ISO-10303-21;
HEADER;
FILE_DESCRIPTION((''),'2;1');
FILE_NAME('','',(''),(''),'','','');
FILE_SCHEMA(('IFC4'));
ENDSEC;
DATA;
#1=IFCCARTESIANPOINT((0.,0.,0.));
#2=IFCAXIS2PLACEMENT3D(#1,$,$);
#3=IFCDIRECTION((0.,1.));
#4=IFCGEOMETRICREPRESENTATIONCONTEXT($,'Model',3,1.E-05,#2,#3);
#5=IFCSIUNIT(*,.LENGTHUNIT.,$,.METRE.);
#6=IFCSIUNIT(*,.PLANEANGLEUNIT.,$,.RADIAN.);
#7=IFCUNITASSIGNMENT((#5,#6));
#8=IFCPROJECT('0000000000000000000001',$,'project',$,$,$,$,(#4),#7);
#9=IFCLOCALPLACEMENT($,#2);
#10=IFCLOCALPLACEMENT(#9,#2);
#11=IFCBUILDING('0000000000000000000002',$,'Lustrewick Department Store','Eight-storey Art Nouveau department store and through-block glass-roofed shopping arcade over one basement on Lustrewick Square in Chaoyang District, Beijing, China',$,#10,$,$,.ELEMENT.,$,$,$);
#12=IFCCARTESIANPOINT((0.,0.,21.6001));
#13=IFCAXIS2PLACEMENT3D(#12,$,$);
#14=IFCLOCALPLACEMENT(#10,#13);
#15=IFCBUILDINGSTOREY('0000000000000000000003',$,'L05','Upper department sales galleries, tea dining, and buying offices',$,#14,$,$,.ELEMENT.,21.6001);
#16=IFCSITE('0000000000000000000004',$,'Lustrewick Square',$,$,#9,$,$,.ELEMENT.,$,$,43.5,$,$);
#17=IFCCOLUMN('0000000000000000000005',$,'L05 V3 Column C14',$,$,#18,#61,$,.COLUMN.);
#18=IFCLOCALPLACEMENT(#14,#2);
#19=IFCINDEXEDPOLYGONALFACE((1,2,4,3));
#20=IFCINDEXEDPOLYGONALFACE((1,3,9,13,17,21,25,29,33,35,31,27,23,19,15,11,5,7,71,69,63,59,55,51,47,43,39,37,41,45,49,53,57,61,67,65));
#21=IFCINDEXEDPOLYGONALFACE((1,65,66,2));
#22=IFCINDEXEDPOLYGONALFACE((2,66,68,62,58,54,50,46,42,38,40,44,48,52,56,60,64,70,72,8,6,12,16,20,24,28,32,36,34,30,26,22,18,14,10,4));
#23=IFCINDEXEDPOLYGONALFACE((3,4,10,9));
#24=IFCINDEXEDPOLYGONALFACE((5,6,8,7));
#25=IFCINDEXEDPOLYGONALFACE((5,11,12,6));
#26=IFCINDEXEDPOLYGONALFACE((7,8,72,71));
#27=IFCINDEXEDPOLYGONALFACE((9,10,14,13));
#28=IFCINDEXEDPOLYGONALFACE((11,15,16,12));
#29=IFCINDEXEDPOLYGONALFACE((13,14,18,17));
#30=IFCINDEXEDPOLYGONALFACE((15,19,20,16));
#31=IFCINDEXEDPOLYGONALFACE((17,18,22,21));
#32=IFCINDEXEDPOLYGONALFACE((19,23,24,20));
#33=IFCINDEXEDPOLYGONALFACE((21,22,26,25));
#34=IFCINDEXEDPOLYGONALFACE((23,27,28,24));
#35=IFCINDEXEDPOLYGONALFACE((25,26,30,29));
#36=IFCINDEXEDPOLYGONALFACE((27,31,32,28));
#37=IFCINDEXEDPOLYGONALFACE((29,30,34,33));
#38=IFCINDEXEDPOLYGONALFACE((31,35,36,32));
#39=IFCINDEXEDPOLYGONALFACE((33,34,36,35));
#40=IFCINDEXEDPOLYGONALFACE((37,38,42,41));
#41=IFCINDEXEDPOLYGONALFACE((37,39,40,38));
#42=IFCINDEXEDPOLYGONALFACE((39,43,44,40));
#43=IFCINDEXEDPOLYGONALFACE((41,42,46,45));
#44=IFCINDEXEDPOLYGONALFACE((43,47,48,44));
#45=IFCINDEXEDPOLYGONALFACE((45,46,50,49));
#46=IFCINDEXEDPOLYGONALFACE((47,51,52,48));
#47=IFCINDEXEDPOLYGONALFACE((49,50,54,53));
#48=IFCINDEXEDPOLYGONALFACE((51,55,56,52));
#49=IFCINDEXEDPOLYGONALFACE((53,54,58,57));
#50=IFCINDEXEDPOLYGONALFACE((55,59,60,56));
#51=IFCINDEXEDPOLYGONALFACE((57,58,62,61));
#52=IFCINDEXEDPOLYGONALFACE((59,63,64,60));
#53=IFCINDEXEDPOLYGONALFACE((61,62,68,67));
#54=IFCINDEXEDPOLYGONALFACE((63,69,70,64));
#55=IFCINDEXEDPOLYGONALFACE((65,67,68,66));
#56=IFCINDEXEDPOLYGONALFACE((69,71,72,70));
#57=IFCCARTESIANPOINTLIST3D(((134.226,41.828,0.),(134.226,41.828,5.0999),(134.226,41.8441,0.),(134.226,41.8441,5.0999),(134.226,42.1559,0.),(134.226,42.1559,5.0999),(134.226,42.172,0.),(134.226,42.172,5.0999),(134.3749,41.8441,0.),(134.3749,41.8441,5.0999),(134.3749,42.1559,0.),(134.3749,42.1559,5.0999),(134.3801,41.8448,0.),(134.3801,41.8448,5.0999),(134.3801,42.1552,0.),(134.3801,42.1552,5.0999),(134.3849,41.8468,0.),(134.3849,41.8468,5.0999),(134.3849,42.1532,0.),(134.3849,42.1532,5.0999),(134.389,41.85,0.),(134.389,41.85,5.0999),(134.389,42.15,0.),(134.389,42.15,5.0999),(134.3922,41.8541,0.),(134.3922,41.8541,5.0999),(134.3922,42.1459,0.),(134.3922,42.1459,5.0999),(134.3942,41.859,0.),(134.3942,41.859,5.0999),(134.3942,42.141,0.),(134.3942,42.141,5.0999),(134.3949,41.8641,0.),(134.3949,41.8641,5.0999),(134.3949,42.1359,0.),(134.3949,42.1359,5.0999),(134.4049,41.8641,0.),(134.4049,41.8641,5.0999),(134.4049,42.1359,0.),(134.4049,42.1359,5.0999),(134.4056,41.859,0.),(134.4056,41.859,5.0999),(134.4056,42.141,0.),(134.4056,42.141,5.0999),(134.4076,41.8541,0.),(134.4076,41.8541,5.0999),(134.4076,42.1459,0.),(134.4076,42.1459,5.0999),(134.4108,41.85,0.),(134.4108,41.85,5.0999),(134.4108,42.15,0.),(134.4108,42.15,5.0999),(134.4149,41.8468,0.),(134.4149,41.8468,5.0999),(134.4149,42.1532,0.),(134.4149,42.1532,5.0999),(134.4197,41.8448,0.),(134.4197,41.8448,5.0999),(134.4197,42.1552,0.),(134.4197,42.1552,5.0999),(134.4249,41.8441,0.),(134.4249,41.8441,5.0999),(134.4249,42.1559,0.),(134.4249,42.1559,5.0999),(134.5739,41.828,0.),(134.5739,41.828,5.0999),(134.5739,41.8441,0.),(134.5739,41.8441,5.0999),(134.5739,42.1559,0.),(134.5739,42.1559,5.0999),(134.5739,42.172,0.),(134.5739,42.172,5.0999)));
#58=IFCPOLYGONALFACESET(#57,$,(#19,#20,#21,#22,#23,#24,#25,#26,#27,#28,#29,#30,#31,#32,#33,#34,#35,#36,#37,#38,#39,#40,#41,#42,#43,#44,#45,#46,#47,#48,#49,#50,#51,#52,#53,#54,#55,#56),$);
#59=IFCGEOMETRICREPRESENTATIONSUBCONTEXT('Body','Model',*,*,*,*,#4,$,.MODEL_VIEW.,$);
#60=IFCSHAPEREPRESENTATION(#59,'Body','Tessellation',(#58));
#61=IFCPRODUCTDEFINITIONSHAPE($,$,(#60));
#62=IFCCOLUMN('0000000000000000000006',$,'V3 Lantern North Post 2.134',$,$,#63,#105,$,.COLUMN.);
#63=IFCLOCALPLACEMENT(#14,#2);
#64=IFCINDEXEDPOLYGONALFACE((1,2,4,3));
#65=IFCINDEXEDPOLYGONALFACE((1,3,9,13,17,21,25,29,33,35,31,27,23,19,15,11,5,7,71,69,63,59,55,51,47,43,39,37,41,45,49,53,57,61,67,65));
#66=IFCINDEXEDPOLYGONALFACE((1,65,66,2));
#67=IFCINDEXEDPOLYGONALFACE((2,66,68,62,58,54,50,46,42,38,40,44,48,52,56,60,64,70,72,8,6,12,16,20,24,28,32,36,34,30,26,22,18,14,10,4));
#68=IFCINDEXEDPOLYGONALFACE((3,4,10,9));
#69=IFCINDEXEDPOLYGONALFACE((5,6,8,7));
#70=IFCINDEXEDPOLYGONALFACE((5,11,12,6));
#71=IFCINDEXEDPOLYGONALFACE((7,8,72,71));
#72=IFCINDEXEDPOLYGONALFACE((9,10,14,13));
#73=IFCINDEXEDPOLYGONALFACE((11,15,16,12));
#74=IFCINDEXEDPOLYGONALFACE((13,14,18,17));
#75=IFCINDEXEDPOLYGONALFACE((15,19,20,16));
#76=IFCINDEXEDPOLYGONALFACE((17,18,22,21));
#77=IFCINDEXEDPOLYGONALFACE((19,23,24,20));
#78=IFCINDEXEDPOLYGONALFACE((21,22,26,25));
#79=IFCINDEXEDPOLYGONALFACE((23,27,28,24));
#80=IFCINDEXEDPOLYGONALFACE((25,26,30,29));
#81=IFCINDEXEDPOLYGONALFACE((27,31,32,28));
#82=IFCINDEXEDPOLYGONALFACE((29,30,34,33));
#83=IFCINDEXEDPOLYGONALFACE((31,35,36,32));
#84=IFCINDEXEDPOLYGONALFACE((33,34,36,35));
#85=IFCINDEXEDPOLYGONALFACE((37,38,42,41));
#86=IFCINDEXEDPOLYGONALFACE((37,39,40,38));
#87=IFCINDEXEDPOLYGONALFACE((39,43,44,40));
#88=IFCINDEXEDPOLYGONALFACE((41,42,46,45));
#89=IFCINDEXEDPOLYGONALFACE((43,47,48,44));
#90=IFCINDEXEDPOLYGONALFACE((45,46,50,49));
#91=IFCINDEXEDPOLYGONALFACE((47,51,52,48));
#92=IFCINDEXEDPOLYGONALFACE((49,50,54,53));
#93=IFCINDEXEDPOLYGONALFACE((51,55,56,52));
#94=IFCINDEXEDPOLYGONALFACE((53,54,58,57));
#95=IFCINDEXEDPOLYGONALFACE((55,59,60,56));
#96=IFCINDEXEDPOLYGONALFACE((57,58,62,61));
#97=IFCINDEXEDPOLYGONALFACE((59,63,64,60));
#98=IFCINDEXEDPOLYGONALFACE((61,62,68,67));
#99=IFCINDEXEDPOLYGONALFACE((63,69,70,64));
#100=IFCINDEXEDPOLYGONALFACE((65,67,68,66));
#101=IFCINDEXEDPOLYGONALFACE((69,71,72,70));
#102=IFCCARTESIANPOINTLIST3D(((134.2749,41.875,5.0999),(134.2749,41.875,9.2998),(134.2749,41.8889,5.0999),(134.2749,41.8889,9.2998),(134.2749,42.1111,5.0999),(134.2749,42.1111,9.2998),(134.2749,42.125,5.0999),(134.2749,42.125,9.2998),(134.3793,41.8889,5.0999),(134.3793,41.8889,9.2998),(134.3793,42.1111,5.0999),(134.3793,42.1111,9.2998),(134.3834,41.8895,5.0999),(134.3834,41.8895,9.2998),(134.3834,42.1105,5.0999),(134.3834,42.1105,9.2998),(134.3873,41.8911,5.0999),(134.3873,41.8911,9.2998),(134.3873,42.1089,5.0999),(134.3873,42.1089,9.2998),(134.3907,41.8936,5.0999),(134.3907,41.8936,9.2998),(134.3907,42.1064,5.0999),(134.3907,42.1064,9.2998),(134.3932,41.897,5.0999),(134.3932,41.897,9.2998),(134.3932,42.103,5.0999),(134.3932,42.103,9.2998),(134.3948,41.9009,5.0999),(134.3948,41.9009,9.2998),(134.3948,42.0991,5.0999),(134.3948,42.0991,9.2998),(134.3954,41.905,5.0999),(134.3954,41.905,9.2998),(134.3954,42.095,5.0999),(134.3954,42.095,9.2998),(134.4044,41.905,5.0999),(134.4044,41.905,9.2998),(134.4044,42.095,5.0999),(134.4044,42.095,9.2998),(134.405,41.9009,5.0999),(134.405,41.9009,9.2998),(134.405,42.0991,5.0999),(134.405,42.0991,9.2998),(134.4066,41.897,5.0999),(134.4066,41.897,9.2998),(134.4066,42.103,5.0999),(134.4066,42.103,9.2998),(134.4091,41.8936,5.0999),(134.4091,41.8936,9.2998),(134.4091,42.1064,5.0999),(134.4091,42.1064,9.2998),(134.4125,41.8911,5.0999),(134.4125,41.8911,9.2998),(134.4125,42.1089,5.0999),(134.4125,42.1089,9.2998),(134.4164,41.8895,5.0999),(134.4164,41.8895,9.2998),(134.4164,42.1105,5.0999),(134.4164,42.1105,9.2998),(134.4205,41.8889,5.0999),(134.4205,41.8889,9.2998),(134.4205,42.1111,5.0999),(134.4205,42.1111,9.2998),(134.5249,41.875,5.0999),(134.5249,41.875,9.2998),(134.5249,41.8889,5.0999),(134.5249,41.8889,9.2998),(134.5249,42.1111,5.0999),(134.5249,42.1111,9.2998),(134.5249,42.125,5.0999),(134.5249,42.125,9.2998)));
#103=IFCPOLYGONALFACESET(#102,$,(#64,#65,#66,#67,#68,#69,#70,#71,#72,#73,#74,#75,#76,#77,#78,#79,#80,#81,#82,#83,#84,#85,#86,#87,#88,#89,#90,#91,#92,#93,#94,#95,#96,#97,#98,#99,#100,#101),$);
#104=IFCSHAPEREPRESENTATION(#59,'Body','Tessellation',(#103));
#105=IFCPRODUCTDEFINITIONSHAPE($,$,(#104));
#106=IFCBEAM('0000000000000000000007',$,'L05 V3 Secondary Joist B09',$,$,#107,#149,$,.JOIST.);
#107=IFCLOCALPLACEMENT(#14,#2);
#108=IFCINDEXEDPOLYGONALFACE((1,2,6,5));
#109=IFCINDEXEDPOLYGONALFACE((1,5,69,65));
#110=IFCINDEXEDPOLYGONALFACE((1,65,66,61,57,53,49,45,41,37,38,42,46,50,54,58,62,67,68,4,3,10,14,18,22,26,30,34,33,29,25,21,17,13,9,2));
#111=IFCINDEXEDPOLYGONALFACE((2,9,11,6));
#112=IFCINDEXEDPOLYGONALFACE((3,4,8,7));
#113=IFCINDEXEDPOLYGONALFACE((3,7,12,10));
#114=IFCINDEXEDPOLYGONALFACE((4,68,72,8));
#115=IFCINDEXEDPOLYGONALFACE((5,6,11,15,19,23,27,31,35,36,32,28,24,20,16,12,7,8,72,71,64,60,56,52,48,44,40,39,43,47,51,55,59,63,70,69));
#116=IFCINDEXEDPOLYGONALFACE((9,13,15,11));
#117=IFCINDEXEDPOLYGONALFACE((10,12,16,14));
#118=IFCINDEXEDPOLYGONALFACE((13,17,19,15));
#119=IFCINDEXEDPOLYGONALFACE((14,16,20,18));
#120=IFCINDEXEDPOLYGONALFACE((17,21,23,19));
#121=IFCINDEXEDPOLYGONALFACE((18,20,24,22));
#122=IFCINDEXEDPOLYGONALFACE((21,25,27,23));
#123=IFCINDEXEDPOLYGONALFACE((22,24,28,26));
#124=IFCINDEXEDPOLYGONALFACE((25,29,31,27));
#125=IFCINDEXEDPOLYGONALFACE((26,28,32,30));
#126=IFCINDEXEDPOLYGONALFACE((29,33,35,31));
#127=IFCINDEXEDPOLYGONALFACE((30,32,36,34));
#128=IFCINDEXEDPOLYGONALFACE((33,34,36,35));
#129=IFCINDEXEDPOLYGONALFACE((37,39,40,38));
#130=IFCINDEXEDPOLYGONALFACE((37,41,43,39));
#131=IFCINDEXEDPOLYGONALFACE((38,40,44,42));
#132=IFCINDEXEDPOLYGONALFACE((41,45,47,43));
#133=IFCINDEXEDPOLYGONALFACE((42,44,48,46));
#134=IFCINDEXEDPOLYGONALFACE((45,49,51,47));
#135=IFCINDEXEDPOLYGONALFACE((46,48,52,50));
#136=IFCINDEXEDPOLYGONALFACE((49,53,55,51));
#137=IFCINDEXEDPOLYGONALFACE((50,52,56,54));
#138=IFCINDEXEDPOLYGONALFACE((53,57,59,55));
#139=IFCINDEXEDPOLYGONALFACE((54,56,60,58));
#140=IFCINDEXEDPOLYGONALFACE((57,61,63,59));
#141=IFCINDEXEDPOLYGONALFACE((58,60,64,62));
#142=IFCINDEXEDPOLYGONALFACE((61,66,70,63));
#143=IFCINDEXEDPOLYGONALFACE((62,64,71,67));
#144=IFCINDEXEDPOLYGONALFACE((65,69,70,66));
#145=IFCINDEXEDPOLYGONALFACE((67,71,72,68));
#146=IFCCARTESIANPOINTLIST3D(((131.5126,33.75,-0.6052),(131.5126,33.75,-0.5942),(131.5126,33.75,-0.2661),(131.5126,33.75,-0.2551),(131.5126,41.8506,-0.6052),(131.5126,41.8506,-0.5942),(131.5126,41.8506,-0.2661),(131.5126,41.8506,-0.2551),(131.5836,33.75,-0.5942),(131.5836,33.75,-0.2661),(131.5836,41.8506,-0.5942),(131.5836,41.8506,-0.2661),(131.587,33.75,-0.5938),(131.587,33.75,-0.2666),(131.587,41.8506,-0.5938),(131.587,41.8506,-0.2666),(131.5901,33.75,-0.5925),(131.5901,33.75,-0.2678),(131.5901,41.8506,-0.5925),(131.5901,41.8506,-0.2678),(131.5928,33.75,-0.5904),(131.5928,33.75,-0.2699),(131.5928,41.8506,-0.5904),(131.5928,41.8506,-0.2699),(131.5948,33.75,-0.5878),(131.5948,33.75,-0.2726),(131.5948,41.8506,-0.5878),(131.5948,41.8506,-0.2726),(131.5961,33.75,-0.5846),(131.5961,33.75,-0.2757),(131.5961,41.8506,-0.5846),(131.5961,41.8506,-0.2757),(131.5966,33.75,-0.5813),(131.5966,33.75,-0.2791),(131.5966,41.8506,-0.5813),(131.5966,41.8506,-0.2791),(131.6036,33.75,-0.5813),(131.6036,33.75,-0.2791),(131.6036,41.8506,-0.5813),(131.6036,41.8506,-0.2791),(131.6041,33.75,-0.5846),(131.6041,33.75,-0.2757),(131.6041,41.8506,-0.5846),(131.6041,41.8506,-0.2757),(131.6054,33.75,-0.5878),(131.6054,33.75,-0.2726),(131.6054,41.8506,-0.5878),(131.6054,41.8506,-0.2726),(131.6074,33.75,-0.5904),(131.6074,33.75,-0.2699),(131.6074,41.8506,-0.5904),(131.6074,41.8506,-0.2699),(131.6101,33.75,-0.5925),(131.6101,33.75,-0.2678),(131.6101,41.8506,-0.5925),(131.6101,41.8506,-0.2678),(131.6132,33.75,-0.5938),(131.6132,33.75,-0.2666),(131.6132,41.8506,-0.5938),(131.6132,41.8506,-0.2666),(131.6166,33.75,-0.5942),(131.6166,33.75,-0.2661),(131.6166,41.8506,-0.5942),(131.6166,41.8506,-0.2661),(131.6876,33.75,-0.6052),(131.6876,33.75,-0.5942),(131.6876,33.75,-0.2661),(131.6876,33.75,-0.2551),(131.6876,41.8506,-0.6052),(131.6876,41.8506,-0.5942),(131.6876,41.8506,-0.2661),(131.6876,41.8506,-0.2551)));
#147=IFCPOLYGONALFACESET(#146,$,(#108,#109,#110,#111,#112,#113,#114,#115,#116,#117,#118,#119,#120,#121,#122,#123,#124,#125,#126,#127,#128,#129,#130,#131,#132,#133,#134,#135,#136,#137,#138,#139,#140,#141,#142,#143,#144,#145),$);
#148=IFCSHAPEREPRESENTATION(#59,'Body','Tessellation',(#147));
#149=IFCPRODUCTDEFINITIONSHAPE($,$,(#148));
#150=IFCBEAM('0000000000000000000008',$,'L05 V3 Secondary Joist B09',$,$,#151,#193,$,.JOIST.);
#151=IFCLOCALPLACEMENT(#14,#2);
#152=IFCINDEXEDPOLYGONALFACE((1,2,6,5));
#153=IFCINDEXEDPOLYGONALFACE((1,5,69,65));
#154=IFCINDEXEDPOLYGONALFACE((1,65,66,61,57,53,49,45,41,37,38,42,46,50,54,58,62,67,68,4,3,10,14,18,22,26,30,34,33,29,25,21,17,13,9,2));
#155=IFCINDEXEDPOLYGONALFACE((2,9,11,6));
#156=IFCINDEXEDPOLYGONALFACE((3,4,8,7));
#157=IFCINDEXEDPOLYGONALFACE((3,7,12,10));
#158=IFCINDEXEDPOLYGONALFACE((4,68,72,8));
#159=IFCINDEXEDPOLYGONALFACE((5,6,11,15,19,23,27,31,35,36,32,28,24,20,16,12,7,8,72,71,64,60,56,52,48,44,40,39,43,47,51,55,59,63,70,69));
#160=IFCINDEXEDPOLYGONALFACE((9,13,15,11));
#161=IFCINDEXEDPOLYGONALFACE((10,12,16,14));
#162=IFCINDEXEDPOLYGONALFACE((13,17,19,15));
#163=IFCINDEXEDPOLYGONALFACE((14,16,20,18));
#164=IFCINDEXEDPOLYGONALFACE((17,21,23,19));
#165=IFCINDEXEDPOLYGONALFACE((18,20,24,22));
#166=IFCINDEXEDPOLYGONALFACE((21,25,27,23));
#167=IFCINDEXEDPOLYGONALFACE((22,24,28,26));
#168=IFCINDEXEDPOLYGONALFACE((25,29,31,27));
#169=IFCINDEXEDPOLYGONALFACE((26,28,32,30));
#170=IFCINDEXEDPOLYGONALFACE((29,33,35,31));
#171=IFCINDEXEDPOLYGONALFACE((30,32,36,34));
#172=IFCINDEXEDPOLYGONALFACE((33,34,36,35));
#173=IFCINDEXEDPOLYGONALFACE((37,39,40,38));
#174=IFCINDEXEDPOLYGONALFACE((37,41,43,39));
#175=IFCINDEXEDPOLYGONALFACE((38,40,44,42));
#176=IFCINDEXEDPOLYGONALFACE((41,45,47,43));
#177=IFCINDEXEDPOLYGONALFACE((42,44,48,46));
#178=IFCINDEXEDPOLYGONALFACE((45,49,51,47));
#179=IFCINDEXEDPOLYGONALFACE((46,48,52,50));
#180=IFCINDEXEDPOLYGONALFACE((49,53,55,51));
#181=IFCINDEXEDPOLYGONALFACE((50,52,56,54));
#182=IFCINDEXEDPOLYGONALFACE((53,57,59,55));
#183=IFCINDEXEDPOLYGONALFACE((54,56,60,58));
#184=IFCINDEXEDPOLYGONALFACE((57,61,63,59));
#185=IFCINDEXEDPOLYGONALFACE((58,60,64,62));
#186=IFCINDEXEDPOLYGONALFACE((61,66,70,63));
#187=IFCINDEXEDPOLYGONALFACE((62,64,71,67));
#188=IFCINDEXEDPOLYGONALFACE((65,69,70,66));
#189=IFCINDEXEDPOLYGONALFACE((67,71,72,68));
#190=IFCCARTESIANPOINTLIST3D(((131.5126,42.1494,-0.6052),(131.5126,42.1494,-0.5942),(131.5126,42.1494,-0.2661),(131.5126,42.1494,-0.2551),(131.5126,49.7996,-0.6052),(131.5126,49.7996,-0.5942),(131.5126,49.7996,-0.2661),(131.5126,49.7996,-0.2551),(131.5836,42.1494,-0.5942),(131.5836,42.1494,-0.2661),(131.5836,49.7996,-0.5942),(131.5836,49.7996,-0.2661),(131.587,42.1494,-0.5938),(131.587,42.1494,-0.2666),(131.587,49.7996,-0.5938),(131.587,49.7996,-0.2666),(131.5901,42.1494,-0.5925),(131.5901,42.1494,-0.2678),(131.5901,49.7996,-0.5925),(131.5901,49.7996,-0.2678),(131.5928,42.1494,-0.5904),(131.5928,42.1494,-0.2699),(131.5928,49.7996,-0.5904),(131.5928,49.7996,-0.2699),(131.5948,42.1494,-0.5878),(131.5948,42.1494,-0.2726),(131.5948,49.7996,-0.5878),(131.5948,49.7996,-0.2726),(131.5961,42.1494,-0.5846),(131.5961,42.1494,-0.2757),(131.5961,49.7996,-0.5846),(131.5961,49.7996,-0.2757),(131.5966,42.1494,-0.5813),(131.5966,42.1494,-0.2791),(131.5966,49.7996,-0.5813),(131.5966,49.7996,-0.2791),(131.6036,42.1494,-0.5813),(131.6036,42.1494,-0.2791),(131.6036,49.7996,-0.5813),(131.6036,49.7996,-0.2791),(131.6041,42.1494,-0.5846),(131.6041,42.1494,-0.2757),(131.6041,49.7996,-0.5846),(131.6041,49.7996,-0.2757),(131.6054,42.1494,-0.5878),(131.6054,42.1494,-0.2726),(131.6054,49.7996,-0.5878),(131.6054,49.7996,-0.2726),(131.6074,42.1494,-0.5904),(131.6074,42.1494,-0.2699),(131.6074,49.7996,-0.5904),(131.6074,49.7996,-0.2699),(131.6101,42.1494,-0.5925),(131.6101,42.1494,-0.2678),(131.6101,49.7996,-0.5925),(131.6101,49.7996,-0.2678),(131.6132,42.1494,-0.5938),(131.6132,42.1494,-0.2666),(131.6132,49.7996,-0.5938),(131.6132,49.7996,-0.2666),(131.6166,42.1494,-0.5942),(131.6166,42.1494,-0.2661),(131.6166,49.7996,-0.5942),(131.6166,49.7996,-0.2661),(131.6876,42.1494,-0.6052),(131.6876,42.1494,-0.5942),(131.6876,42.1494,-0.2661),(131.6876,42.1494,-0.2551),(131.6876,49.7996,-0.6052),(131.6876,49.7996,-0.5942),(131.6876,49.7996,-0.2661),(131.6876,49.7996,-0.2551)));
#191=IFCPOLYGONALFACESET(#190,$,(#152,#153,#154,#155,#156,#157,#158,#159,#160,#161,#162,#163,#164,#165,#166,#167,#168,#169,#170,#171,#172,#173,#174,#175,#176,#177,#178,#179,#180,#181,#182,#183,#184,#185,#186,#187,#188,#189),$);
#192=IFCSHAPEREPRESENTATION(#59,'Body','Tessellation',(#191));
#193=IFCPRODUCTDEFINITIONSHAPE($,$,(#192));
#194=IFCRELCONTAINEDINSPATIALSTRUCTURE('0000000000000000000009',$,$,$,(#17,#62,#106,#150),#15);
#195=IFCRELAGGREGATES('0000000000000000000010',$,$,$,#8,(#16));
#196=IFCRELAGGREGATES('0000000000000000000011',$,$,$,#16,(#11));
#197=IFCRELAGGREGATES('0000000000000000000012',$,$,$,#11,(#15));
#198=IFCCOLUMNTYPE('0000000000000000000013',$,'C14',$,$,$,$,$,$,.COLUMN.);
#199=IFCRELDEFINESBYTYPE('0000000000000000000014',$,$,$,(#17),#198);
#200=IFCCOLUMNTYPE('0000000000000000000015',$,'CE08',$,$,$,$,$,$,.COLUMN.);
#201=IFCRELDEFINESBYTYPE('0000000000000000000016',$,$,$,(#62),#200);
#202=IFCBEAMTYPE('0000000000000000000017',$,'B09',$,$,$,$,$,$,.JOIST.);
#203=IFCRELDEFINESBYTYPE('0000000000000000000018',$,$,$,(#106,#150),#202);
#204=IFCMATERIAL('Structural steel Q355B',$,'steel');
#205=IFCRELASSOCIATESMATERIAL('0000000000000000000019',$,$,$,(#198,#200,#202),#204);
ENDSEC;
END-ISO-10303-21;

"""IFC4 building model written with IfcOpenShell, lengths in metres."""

from ifc_helpers import new_model, si_unit, direction, frame, origin, origin_2d, place, context, subcontext, project, spatial, i_section, extrude, material, material_profile, profile_set, type_object, element, save


model = new_model("IFC4")

# Units and contexts
model_context = context("Model", 3, precision=1e-05, world=origin(), true_north=direction((0.0, 1.0)))
body_context = subcontext(model_context, "Body", "Model", "MODEL_VIEW")
ifc_project = project(units=[si_unit("LENGTHUNIT", "METRE"), si_unit("PLANEANGLEUNIT", "RADIAN")], contexts=[model_context])

# Site, building, storey
site_placement = place(None, origin())
site = spatial("IfcSite", under=ifc_project, at=site_placement, Name="Lustrewick Square", CompositionType="ELEMENT", RefElevation=43.5)
building_placement = place(site_placement, origin())
building = spatial("IfcBuilding", under=site, at=building_placement, Name="Lustrewick Department Store", Description="Eight-storey Art Nouveau department store and through-block glass-roofed shopping arcade over one basement on Lustrewick Square in Chaoyang District, Beijing, China", CompositionType="ELEMENT")
storey_placement = place(building_placement, frame((0.0, 0.0, 21.6001)))
storey = spatial("IfcBuildingStorey", under=building, at=storey_placement, Name="L05", Description="Upper department sales galleries, tea dining, and buying offices", CompositionType="ELEMENT", Elevation=21.6001)

# Columns
ifc_material_1 = material(Name="Structural steel Q355B", Category="steel")
ifc_material_profile_1 = material_profile(ifc_material_1, i_section(OverallWidth=0.3479, OverallDepth=0.344, WebThickness=0.01, FlangeThickness=0.0161, FilletRadius=0.02, at=origin_2d()), Name="HW 344x348x10x16")
ifc_profile_set_1 = profile_set([ifc_material_profile_1], Name="Structural steel Q355B")
column_type_1 = type_object("IfcColumnType", Name="C14", PredefinedType="COLUMN", material=ifc_profile_set_1)
column_1_placement = place(storey_placement, frame((134.3999, 42.0, 0.0), z_axis=(0.0, 0.0, 1.0), x_axis=(1.0, 0.0, 0.0)))
element("IfcColumn", 1, at=column_1_placement, inside=storey, type_object=column_type_1, Name="L05 V3 Column C14", PredefinedType="COLUMN", context=body_context, shape_type="SweptSolid", body=[
    extrude(i_section(OverallWidth=0.3479, OverallDepth=0.344, WebThickness=0.01, FlangeThickness=0.0161, FilletRadius=0.02, at=origin_2d()), origin(), (0.0, 0.0, 1.0), 5.0999),
])
ifc_material_profile_2 = material_profile(ifc_material_1, i_section(OverallWidth=0.25, OverallDepth=0.25, WebThickness=0.009, FlangeThickness=0.0139, FilletRadius=0.0161, at=origin_2d()), Name="HW 250x250x9x14")
ifc_profile_set_2 = profile_set([ifc_material_profile_2], Name="Structural steel Q355B")
column_type_2 = type_object("IfcColumnType", Name="CE08", PredefinedType="COLUMN", material=ifc_profile_set_2)
column_2_placement = place(storey_placement, frame((134.3999, 42.0, 5.0999), z_axis=(0.0, 0.0, 1.0), x_axis=(1.0, 0.0, 0.0)))
element("IfcColumn", 2, at=column_2_placement, inside=storey, type_object=column_type_2, Name="V3 Lantern North Post 2.134", PredefinedType="COLUMN", context=body_context, shape_type="SweptSolid", body=[
    extrude(i_section(OverallWidth=0.25, OverallDepth=0.25, WebThickness=0.009, FlangeThickness=0.0139, FilletRadius=0.0161, at=origin_2d()), origin(), (0.0, 0.0, 1.0), 4.2),
])

# Beams
ifc_material_profile_3 = material_profile(ifc_material_1, i_section(OverallWidth=0.175, OverallDepth=0.3501, WebThickness=0.0071, FlangeThickness=0.011, FilletRadius=0.0129, at=origin_2d()), Name="HN 350x175x7x11")
ifc_profile_set_3 = profile_set([ifc_material_profile_3], Name="Structural steel Q355B")
beam_type_1 = type_object("IfcBeamType", Name="B09", PredefinedType="JOIST", material=ifc_profile_set_3)
beam_1_placement = place(storey_placement, frame((131.6001, 33.75, -0.4302), z_axis=(0.0, 1.0, 0.0), x_axis=(-1.0, 0.0, 0.0)))
element("IfcBeam", 3, at=beam_1_placement, inside=storey, type_object=beam_type_1, Name="L05 V3 Secondary Joist B09", PredefinedType="JOIST", context=body_context, shape_type="SweptSolid", body=[
    extrude(i_section(OverallWidth=0.175, OverallDepth=0.3501, WebThickness=0.0071, FlangeThickness=0.011, FilletRadius=0.0129, at=origin_2d()), origin(), (0.0, 0.0, 1.0), 8.1006),
])
beam_2_placement = place(storey_placement, frame((131.6001, 42.1494, -0.4302), z_axis=(0.0, 1.0, 0.0), x_axis=(-1.0, 0.0, 0.0)))
element("IfcBeam", 4, at=beam_2_placement, inside=storey, type_object=beam_type_1, Name="L05 V3 Secondary Joist B09", PredefinedType="JOIST", context=body_context, shape_type="SweptSolid", body=[
    extrude(i_section(OverallWidth=0.175, OverallDepth=0.3501, WebThickness=0.0071, FlangeThickness=0.011, FilletRadius=0.0129, at=origin_2d()), origin(), (0.0, 0.0, 1.0), 7.6501),
])

save(model, "model.ifc")
